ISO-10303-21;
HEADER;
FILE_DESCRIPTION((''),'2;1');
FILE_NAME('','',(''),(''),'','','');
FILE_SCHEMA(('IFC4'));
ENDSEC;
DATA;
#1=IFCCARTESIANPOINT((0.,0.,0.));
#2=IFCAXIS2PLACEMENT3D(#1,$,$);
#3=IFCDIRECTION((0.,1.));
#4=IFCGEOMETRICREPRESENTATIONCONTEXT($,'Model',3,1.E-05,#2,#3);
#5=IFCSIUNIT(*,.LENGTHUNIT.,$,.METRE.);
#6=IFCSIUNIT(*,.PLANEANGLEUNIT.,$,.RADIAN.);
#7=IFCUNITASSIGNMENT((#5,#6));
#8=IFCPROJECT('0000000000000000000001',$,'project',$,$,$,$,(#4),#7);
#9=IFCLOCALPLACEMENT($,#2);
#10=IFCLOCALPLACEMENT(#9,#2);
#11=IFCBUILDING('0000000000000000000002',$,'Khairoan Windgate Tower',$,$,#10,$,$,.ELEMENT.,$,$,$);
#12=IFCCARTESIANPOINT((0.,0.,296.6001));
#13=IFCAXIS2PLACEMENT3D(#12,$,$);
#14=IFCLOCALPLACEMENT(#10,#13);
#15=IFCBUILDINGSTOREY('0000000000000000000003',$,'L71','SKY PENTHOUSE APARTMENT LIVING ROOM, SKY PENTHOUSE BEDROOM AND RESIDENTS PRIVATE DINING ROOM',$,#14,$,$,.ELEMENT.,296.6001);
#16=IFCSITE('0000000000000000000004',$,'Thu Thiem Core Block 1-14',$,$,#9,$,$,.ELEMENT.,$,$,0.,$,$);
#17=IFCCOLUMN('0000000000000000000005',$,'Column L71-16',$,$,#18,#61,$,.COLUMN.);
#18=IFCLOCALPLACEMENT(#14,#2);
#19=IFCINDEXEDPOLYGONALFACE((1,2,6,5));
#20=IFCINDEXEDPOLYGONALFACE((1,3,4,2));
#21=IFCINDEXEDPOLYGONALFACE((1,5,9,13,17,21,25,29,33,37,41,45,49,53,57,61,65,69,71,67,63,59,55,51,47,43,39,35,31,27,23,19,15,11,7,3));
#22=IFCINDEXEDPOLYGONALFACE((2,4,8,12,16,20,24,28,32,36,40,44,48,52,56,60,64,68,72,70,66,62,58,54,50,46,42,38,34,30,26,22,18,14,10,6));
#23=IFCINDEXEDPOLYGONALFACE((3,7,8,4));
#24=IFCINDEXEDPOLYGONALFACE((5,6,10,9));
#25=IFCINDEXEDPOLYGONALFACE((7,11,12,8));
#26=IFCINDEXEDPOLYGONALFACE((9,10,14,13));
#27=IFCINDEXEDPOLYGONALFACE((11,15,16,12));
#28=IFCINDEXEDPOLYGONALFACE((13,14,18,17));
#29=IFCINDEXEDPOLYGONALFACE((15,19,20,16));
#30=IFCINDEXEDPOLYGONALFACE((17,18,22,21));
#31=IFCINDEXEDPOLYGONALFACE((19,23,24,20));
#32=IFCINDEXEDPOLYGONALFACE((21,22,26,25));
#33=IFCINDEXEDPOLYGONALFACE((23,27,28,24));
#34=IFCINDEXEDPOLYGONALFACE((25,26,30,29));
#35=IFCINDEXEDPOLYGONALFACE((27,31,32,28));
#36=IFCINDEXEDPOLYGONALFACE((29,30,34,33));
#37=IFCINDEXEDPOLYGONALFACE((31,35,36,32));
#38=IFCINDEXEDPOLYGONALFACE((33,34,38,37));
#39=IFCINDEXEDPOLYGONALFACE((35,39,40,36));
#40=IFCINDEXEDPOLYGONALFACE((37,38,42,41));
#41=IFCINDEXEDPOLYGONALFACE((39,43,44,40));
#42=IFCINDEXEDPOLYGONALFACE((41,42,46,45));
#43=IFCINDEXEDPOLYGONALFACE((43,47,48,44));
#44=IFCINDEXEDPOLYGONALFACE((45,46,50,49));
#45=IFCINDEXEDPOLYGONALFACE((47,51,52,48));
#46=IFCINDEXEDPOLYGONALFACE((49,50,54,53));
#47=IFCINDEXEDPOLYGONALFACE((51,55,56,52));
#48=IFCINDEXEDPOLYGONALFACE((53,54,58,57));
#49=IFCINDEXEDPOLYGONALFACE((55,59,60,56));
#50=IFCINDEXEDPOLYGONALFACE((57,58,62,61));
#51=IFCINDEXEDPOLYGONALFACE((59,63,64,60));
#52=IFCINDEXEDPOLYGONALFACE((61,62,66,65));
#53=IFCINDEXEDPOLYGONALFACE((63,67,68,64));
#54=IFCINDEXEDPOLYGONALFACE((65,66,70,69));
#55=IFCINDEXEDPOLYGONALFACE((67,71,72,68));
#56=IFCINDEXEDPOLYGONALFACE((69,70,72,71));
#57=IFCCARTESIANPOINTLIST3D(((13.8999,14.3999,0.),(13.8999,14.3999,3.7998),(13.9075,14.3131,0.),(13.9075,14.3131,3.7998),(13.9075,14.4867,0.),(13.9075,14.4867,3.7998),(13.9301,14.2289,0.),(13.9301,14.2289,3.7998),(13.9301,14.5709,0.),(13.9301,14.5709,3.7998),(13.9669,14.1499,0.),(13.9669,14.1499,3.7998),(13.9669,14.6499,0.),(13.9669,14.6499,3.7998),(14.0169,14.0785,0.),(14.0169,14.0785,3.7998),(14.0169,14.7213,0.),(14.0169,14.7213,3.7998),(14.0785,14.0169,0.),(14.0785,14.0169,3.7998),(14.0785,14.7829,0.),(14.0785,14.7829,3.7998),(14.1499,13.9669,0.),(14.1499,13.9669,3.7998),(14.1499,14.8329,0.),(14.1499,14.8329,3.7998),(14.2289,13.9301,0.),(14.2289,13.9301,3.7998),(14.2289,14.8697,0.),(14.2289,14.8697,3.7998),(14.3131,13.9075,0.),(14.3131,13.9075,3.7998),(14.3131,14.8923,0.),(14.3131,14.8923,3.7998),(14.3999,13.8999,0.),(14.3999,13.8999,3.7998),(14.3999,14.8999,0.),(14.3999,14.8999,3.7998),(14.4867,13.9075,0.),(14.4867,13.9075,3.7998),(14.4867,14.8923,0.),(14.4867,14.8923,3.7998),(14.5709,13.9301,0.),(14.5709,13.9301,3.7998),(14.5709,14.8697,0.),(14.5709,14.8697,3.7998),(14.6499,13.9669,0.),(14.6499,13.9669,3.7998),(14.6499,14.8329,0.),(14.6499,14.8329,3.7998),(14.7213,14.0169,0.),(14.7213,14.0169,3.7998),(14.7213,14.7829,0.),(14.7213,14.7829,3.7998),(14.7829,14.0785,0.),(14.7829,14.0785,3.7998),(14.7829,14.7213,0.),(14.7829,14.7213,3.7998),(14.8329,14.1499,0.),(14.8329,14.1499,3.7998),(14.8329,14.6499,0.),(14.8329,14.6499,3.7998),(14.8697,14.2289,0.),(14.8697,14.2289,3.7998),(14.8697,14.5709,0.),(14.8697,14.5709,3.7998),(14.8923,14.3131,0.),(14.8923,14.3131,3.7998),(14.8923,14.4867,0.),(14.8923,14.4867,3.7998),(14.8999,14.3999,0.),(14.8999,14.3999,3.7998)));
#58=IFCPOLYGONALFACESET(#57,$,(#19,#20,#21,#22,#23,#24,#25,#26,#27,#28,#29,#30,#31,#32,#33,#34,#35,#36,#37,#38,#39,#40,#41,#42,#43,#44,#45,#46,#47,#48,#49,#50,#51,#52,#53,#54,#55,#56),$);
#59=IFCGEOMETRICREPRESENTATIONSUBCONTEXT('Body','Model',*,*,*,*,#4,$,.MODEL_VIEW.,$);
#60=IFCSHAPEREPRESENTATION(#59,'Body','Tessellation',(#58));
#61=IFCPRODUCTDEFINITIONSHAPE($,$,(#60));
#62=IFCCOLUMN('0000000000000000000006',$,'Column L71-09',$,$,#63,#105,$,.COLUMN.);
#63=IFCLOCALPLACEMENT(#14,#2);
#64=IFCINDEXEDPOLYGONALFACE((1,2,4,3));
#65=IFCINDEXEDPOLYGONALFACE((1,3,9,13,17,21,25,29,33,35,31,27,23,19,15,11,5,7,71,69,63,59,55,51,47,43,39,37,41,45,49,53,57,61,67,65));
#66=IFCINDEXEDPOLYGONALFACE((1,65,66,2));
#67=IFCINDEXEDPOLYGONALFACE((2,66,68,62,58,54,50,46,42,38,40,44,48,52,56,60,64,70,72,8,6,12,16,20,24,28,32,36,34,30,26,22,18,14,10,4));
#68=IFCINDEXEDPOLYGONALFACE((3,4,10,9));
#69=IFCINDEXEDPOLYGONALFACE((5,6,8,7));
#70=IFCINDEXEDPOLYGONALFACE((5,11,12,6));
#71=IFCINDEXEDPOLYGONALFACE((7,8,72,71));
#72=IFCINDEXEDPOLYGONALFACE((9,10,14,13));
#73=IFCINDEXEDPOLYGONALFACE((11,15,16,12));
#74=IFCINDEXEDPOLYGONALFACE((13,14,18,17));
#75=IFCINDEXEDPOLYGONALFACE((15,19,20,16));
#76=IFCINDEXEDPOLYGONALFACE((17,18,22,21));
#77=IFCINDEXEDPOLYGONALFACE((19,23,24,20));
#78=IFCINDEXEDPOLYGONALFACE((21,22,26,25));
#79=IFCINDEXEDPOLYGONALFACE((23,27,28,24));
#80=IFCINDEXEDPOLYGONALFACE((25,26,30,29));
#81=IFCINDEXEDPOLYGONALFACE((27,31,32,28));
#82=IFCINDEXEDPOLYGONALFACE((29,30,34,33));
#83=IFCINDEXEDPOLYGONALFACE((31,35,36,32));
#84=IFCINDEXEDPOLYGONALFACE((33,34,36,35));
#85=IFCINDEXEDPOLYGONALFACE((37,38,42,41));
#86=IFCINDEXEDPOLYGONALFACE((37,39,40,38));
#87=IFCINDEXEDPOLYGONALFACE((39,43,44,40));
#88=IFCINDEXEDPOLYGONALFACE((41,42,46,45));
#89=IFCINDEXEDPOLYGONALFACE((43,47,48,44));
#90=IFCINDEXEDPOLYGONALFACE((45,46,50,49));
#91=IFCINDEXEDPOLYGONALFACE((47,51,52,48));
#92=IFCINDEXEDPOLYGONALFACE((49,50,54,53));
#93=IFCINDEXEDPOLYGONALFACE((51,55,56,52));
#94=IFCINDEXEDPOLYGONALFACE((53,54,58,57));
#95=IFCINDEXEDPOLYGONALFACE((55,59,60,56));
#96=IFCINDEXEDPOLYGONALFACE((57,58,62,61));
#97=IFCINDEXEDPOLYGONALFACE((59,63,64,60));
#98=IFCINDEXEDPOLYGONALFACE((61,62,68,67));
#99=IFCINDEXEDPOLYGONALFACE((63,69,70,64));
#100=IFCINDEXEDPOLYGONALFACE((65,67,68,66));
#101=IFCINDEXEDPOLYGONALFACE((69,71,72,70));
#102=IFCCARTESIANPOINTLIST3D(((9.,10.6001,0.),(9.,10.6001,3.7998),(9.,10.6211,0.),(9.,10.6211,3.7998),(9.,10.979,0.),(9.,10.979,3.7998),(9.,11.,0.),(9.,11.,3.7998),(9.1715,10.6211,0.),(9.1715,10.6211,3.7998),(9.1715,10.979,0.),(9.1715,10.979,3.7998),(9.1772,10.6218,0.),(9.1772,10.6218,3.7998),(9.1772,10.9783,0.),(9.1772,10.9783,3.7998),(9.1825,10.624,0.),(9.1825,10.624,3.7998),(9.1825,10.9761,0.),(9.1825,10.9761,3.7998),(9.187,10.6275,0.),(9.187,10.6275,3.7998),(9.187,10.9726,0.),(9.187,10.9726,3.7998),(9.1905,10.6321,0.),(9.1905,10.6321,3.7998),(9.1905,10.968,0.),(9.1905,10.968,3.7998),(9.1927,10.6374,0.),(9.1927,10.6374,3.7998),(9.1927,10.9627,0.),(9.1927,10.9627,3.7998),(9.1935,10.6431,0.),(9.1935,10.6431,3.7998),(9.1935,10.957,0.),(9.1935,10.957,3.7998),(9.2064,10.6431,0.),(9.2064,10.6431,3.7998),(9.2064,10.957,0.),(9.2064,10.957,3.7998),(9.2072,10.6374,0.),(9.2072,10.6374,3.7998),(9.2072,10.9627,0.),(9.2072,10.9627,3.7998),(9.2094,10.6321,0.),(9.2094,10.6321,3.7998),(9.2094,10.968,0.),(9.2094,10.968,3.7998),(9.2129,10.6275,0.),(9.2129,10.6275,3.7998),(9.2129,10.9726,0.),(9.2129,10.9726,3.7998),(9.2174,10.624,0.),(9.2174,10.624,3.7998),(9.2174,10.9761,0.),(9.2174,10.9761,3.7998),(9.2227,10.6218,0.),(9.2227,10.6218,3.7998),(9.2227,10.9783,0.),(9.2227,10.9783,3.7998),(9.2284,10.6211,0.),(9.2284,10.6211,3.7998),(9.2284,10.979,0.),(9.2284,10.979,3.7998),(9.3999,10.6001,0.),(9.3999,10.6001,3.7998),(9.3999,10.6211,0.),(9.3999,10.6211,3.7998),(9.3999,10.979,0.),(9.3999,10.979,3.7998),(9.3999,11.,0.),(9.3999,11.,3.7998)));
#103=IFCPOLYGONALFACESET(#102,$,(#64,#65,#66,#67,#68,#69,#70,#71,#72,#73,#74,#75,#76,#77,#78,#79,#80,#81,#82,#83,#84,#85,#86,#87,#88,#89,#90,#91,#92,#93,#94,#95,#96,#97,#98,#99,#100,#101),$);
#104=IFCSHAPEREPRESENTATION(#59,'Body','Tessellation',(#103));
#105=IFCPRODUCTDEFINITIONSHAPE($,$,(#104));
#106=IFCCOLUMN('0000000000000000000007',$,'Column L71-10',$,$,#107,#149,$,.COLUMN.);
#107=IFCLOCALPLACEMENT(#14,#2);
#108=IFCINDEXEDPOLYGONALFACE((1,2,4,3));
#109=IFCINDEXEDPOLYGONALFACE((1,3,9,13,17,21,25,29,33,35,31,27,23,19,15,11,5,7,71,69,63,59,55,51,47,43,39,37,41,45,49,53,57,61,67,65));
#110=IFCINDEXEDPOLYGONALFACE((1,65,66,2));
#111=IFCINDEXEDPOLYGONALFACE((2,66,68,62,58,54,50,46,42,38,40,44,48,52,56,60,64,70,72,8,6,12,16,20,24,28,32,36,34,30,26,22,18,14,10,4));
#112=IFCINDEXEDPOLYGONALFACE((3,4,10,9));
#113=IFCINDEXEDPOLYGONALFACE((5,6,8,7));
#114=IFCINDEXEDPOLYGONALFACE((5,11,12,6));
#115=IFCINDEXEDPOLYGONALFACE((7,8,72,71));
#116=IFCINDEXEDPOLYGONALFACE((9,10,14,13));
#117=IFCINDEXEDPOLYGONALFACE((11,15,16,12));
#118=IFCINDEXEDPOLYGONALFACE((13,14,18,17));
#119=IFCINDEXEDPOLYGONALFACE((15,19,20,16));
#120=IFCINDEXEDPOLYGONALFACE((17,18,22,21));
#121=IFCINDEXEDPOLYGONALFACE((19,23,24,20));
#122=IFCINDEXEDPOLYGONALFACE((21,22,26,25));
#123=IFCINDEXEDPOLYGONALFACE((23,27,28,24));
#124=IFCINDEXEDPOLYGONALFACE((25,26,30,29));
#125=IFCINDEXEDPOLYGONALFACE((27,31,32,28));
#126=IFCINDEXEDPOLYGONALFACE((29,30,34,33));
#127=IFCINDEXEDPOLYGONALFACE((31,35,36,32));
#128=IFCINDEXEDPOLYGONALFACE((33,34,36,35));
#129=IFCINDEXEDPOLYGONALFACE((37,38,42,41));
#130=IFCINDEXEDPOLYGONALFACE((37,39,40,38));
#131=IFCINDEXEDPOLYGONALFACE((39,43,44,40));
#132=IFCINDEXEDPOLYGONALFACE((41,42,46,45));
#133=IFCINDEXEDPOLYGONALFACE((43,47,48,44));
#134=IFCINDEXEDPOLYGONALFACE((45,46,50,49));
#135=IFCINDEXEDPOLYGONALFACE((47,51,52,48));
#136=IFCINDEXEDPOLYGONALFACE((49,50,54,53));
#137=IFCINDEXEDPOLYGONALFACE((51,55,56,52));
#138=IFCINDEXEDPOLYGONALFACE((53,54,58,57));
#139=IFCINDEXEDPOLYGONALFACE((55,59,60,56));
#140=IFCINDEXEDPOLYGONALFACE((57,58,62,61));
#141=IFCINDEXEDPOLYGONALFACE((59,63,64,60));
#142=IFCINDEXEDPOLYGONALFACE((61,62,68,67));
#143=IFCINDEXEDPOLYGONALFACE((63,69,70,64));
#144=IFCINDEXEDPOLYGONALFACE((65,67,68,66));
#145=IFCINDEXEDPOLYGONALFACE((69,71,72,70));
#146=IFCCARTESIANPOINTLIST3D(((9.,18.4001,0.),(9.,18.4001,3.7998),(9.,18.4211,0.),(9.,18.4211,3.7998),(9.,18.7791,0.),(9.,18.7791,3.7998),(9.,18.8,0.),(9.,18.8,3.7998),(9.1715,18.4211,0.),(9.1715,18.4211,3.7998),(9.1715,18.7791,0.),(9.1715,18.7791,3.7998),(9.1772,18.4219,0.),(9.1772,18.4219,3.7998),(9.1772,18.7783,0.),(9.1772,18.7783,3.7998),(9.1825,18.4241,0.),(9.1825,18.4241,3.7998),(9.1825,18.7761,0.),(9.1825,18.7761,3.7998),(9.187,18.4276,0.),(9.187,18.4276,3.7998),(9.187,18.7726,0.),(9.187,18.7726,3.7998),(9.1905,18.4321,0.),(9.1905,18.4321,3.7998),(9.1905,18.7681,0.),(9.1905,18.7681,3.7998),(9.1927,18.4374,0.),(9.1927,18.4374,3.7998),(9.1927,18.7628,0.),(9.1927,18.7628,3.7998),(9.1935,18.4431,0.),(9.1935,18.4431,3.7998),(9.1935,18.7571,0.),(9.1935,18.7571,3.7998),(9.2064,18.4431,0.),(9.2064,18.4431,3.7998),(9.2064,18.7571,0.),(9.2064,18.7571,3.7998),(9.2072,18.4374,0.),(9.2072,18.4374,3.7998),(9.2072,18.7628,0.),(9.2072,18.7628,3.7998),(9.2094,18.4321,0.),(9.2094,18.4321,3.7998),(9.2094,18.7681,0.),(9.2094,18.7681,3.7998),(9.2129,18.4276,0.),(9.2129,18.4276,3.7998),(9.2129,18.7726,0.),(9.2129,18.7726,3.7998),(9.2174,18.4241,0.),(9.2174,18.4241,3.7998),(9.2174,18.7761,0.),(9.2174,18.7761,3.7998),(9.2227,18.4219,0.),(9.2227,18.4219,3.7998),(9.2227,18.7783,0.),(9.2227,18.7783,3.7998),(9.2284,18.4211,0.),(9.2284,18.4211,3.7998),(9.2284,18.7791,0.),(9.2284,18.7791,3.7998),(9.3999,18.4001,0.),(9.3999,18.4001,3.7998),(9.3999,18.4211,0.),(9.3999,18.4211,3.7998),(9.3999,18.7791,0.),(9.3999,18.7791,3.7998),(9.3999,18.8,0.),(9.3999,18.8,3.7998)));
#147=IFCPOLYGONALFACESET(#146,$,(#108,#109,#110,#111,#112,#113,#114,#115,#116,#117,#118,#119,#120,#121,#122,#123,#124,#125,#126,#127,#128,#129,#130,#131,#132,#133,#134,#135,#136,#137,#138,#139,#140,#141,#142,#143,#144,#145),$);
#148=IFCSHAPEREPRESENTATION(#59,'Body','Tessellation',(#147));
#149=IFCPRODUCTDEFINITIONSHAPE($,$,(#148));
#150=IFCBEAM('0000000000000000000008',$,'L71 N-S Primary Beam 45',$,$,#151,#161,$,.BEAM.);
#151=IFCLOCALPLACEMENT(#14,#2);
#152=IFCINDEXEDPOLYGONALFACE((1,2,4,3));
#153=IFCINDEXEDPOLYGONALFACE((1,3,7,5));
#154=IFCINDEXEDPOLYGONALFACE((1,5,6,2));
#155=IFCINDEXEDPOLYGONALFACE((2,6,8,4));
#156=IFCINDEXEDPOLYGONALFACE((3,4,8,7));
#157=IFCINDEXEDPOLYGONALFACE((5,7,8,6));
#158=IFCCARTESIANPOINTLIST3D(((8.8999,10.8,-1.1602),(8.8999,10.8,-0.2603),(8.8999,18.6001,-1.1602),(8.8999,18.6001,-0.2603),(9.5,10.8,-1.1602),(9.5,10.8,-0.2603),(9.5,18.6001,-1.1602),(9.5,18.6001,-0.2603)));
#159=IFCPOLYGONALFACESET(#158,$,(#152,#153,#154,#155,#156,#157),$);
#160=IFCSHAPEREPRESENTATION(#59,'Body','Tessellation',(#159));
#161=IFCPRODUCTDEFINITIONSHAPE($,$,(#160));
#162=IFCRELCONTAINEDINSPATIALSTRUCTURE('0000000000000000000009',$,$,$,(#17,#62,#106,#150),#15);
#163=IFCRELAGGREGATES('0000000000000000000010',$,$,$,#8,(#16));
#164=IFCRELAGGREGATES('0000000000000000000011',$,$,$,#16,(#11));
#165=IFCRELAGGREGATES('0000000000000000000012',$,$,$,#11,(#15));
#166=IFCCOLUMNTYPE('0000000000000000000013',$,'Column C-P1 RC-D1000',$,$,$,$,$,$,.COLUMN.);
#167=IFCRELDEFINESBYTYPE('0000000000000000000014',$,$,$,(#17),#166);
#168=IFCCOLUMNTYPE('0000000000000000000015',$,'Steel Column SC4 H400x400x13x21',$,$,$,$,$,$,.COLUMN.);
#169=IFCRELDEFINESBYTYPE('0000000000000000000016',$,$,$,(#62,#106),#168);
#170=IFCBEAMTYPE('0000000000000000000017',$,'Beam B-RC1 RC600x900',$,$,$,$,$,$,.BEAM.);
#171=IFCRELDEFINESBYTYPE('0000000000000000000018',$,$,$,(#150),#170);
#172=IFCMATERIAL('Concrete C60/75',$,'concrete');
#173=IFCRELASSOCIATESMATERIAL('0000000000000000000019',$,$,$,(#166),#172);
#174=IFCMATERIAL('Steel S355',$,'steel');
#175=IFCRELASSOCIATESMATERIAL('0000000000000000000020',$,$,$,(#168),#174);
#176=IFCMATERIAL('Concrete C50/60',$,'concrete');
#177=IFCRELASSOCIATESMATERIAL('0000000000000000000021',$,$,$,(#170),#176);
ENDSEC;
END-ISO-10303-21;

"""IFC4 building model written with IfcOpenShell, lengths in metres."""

from ifc_helpers import new_model, si_unit, direction, frame, origin, origin_2d, place, context, subcontext, project, spatial, rectangle, circle, i_section, extrude, material, material_profile, profile_set, type_object, element, save


model = new_model("IFC4")

# Units and contexts
model_context = context("Model", 3, precision=1e-05, world=origin(), true_north=direction((0.0, 1.0)))
body_context = subcontext(model_context, "Body", "Model", "MODEL_VIEW")
ifc_project = project(units=[si_unit("LENGTHUNIT", "METRE"), si_unit("PLANEANGLEUNIT", "RADIAN")], contexts=[model_context])

# Site, building, storey
site_placement = place(None, origin())
site = spatial("IfcSite", under=ifc_project, at=site_placement, Name="Thu Thiem Core Block 1-14", CompositionType="ELEMENT", RefElevation=0.0)
building_placement = place(site_placement, origin())
building = spatial("IfcBuilding", under=site, at=building_placement, Name="Khairoan Windgate Tower", CompositionType="ELEMENT")
storey_placement = place(building_placement, frame((0.0, 0.0, 296.6001)))
storey = spatial("IfcBuildingStorey", under=building, at=storey_placement, Name="L71", Description="SKY PENTHOUSE APARTMENT LIVING ROOM, SKY PENTHOUSE BEDROOM AND RESIDENTS PRIVATE DINING ROOM", CompositionType="ELEMENT", Elevation=296.6001)

# Columns
ifc_material_1 = material(Name="Concrete C60/75", Category="concrete")
ifc_material_profile_1 = material_profile(ifc_material_1, circle(Radius=0.5, at=origin_2d()))
ifc_profile_set_1 = profile_set([ifc_material_profile_1], Name="Concrete C60/75")
column_type_1 = type_object("IfcColumnType", Name="Column C-P1 RC-D1000", PredefinedType="COLUMN", material=ifc_profile_set_1)
column_placement = place(storey_placement, frame((14.3999, 14.3999, 0.0), z_axis=(0.0, 0.0, 1.0), x_axis=(1.0, 0.0, 0.0)))
element("IfcColumn", 1, at=column_placement, inside=storey, type_object=column_type_1, Name="Column L71-16", PredefinedType="COLUMN", context=body_context, shape_type="SweptSolid", body=[
    extrude(circle(Radius=0.5, at=origin_2d()), origin(), (0.0, 0.0, 1.0), 3.7998),
])
ifc_material_2 = material(Name="Steel S355", Category="steel")
ifc_material_profile_2 = material_profile(ifc_material_2, i_section(OverallWidth=0.3999, OverallDepth=0.3999, WebThickness=0.0129, FlangeThickness=0.021, FilletRadius=0.022, at=origin_2d()))
ifc_profile_set_2 = profile_set([ifc_material_profile_2], Name="Steel S355")
column_type_2 = type_object("IfcColumnType", Name="Steel Column SC4 H400x400x13x21", PredefinedType="COLUMN", material=ifc_profile_set_2)
for number, where, z_axis, x_axis, name in (
    (2, (9.2, 10.8, 0.0), (0.0, 0.0, 1.0), (1.0, 0.0, 0.0), "Column L71-09"),
    (3, (9.2, 18.6001, 0.0), (0.0, 0.0, 1.0), (1.0, 0.0, 0.0), "Column L71-10"),
):
    element("IfcColumn", number, at=place(storey_placement, frame(where, z_axis=z_axis, x_axis=x_axis)), inside=storey, type_object=column_type_2, Name=name, PredefinedType="COLUMN", context=body_context, shape_type="SweptSolid", body=[
        extrude(i_section(OverallWidth=0.3999, OverallDepth=0.3999, WebThickness=0.0129, FlangeThickness=0.021, FilletRadius=0.022, at=origin_2d()), origin(), (0.0, 0.0, 1.0), 3.7998),
    ])

# Beam
ifc_material_3 = material(Name="Concrete C50/60", Category="concrete")
ifc_material_profile_3 = material_profile(ifc_material_3, rectangle(XDim=0.6001, YDim=0.8999, at=origin_2d()))
ifc_profile_set_3 = profile_set([ifc_material_profile_3], Name="Concrete C50/60")
beam_type_1 = type_object("IfcBeamType", Name="Beam B-RC1 RC600x900", PredefinedType="BEAM", material=ifc_profile_set_3)
beam_1_placement = place(storey_placement, frame((9.2, 10.8, -0.7102), z_axis=(0.0, 1.0, 0.0), x_axis=(-1.0, 0.0, 0.0)))
element("IfcBeam", 4, at=beam_1_placement, inside=storey, type_object=beam_type_1, Name="L71 N-S Primary Beam 45", PredefinedType="BEAM", context=body_context, shape_type="SweptSolid", body=[
    extrude(rectangle(XDim=0.6001, YDim=0.8999, at=origin_2d()), origin(), (0.0, 0.0, 1.0), 7.8),
])

save(model, "model.ifc")
